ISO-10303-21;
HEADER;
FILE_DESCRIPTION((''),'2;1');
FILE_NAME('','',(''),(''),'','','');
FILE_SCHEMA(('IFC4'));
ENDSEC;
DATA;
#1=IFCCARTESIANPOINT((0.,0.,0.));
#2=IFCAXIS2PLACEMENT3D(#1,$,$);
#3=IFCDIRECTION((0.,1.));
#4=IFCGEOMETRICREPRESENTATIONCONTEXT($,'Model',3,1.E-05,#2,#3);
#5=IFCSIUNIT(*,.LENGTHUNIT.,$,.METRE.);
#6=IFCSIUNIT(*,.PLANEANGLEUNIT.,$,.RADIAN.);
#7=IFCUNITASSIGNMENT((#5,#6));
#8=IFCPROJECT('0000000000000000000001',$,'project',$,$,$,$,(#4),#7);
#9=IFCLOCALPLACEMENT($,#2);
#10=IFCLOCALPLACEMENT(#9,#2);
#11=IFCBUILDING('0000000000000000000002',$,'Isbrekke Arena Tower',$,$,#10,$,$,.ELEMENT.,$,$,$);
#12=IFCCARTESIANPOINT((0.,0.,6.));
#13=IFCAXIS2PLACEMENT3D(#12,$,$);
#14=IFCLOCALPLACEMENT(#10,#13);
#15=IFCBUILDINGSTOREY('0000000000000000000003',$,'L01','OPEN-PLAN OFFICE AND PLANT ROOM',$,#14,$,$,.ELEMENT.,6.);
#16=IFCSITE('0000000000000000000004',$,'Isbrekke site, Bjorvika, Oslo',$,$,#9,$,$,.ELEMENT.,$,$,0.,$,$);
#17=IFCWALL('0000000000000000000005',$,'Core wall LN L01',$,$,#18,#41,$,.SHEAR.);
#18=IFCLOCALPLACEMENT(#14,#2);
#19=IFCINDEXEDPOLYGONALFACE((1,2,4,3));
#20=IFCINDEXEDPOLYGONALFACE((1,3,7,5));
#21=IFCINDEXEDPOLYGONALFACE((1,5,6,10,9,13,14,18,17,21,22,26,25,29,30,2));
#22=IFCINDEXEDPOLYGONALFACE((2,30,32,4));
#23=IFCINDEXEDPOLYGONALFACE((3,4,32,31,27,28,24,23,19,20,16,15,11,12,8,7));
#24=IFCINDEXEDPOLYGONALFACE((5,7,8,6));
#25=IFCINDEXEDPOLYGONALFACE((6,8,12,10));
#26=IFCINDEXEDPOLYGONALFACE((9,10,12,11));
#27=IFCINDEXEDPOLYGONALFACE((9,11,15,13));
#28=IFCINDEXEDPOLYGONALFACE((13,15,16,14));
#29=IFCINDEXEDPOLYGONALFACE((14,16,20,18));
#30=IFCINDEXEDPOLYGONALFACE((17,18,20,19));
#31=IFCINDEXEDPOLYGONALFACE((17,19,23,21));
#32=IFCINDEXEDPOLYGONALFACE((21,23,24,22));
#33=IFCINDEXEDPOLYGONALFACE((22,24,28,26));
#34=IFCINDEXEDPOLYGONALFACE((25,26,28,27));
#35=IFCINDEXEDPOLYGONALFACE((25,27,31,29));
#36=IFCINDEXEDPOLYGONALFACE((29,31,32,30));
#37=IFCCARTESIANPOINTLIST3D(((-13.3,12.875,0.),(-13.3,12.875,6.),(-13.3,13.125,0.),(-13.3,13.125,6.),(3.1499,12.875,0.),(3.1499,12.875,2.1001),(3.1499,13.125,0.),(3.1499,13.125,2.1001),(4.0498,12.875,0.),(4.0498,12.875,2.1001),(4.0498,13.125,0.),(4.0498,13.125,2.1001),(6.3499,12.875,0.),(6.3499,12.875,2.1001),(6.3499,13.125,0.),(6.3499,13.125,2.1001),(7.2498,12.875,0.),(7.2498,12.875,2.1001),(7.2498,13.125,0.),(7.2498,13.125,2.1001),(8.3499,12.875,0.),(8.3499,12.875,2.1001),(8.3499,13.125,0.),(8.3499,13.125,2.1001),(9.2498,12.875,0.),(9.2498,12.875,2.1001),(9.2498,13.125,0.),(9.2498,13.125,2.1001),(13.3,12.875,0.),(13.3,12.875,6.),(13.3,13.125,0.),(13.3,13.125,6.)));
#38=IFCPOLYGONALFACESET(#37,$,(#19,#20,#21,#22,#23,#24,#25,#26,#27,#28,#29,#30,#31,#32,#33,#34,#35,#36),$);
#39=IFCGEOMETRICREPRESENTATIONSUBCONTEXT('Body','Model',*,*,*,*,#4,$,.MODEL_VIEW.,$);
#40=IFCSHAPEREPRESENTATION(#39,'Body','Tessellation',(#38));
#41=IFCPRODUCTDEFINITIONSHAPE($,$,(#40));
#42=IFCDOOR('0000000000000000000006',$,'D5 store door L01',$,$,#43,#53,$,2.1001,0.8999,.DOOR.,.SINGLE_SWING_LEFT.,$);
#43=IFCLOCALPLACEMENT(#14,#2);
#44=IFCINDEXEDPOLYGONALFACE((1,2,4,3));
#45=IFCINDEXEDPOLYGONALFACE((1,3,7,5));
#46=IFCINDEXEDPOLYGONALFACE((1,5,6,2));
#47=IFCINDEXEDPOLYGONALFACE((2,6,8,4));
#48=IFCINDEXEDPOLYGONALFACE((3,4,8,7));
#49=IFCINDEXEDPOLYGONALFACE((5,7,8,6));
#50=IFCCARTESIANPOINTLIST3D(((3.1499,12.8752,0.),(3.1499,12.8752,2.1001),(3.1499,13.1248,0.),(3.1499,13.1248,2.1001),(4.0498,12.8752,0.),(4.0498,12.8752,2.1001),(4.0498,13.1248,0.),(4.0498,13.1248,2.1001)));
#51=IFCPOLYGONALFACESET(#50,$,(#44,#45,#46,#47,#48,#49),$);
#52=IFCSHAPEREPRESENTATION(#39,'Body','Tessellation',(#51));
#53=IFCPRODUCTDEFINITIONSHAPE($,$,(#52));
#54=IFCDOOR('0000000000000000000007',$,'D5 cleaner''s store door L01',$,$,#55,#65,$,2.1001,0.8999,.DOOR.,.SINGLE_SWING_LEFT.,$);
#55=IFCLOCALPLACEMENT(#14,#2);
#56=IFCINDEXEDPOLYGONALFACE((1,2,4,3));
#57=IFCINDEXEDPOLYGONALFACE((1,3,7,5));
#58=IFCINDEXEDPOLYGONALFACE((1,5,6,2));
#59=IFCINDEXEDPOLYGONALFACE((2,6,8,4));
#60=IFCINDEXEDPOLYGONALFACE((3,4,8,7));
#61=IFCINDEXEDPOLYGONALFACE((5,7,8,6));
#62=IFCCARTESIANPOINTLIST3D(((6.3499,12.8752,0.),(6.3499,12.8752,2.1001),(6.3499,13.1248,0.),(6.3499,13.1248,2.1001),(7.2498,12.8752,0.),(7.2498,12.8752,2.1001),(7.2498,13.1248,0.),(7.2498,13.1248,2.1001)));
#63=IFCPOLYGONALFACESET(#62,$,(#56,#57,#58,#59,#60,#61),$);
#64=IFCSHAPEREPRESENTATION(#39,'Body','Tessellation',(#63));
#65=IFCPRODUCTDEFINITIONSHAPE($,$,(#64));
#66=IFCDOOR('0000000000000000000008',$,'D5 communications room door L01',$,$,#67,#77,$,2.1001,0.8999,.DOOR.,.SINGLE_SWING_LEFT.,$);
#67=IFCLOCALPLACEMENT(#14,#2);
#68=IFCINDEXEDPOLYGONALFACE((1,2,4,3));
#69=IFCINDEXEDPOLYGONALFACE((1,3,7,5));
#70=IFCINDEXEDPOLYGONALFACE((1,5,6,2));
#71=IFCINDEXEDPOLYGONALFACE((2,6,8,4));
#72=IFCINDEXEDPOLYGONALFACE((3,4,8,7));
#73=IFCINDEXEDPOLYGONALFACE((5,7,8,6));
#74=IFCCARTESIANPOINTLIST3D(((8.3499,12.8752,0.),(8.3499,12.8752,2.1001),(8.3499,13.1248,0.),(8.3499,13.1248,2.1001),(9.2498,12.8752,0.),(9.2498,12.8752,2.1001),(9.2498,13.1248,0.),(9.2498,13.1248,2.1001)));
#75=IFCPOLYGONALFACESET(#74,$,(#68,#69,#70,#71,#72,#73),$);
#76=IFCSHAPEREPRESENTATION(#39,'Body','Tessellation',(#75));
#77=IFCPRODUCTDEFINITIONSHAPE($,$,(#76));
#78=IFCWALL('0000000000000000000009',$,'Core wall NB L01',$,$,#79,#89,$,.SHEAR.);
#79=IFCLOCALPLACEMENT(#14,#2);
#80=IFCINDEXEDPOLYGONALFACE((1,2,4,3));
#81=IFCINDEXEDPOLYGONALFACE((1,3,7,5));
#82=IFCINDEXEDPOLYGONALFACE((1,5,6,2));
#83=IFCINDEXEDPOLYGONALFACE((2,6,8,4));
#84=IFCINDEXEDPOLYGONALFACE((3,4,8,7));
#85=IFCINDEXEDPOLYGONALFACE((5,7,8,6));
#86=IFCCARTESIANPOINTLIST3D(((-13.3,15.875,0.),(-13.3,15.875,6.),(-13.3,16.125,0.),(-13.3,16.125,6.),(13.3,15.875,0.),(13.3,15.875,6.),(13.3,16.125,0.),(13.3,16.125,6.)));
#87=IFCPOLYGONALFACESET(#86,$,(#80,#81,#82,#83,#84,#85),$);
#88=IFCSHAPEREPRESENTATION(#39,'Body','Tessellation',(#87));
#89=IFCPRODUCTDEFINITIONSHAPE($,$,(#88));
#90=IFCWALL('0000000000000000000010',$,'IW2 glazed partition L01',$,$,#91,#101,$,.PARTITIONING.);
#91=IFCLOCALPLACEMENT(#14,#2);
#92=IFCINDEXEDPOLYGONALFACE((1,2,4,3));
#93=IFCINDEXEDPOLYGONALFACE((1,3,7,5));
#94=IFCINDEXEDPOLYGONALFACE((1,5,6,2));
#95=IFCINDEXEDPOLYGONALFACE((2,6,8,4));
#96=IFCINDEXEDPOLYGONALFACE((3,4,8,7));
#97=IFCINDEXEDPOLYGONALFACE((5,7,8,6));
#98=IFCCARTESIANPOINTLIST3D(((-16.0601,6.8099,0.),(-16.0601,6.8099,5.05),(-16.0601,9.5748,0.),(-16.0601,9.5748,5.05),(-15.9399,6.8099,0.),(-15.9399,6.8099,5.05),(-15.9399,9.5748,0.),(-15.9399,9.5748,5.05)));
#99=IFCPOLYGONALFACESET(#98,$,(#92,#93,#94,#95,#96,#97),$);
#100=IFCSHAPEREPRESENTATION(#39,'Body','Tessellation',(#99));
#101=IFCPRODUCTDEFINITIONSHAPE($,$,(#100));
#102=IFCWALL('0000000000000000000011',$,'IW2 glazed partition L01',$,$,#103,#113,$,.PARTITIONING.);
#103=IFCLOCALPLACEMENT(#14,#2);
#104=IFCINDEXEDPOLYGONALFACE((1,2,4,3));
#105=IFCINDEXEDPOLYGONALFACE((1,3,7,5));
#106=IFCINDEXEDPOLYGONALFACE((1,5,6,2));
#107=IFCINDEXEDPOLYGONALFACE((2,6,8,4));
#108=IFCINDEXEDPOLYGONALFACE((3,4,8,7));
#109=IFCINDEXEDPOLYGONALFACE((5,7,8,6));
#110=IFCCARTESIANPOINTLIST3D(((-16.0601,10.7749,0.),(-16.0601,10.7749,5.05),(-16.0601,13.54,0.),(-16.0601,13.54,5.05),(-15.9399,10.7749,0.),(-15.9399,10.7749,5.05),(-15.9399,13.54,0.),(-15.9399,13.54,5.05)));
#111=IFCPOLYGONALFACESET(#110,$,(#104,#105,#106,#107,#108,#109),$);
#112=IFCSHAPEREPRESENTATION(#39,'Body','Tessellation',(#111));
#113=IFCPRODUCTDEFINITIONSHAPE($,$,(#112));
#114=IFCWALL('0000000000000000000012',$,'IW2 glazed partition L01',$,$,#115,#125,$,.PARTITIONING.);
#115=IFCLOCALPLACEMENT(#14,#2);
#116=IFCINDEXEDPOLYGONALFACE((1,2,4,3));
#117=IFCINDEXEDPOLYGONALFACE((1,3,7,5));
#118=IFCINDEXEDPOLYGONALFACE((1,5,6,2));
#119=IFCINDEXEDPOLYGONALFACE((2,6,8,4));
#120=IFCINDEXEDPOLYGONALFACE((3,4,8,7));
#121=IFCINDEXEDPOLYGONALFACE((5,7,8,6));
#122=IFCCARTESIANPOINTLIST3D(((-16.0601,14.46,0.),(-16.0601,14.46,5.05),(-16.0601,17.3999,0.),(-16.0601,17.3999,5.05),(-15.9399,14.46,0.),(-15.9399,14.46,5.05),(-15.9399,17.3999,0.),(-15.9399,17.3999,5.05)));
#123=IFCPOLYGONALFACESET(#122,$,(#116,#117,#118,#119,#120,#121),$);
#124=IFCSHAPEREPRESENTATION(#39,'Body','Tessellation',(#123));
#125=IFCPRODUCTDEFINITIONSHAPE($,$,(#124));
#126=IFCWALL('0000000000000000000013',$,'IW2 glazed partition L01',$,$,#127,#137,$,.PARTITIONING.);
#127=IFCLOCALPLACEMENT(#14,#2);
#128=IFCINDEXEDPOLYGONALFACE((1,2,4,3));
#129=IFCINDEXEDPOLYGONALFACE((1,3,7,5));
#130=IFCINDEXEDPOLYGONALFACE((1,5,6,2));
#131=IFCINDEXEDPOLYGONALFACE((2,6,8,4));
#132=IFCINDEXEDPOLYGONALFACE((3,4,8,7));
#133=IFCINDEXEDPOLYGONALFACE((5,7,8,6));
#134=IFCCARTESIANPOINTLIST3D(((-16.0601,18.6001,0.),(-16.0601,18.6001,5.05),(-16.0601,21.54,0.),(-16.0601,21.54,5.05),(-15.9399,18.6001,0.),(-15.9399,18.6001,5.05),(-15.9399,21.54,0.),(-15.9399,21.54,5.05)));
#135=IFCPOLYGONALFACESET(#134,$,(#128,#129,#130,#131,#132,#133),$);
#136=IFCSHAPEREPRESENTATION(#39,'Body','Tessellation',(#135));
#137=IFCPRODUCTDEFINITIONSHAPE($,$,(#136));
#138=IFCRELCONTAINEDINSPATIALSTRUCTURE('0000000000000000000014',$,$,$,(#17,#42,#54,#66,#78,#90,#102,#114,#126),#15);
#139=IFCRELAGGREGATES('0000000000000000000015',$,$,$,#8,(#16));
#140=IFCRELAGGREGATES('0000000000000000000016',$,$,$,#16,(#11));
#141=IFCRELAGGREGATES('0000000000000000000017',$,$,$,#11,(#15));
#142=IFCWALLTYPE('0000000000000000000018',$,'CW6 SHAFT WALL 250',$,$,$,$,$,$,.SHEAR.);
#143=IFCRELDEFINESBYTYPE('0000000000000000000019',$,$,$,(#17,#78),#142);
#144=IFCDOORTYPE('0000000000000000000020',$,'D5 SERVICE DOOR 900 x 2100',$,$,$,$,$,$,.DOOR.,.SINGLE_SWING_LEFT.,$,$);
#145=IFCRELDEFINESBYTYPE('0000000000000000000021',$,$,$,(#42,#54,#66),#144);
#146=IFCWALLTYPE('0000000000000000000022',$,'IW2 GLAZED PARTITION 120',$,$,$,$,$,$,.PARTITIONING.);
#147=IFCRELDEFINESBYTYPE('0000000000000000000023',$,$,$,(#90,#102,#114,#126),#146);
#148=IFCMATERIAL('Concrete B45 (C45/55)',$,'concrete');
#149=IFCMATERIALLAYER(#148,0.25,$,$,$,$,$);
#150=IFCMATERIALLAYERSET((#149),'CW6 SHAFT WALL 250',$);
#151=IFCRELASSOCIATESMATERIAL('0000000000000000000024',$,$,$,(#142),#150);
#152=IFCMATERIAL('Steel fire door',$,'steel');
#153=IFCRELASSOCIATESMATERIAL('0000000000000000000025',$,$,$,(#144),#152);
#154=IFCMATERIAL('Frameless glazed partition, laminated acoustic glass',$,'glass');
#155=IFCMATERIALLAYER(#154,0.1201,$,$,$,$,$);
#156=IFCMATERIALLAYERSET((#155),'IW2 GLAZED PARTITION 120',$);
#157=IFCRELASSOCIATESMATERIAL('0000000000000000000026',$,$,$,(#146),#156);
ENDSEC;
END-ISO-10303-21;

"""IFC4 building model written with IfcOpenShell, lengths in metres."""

from ifc_helpers import new_model, si_unit, direction, frame, frame_2d, origin, place, context, subcontext, project, spatial, rectangle, extrude, material, layer, layer_set, type_object, element, fill, save


model = new_model("IFC4")

# Units and contexts
model_context = context("Model", 3, precision=1e-05, world=origin(), true_north=direction((0.0, 1.0)))
body_context = subcontext(model_context, "Body", "Model", "MODEL_VIEW")
ifc_project = project(units=[si_unit("LENGTHUNIT", "METRE"), si_unit("PLANEANGLEUNIT", "RADIAN")], contexts=[model_context])

# Site, building, storey
site_placement = place(None, origin())
site = spatial("IfcSite", under=ifc_project, at=site_placement, Name="Isbrekke site, Bjorvika, Oslo", CompositionType="ELEMENT", RefElevation=0.0)
building_placement = place(site_placement, origin())
building = spatial("IfcBuilding", under=site, at=building_placement, Name="Isbrekke Arena Tower", CompositionType="ELEMENT")
storey_placement = place(building_placement, frame((0.0, 0.0, 6.0)))
storey = spatial("IfcBuildingStorey", under=building, at=storey_placement, Name="L01", Description="OPEN-PLAN OFFICE AND PLANT ROOM", CompositionType="ELEMENT", Elevation=6.0)

# Shared definitions
ifc_material_1 = material(Name="Concrete B45 (C45/55)", Category="concrete")
ifc_layer_1 = layer(ifc_material_1, 0.25)
ifc_layer_set_1 = layer_set([ifc_layer_1], Name="CW6 SHAFT WALL 250")
wall_type_1 = type_object("IfcWallType", Name="CW6 SHAFT WALL 250", PredefinedType="SHEAR", material=ifc_layer_set_1)

# Wall, openings, doors
wall_1_placement = place(storey_placement, frame((-13.3, 13.0, 0.0), z_axis=(0.0, 0.0, 1.0), x_axis=(1.0, 0.0, 0.0)))
wall_1 = element("IfcWall", 1, at=wall_1_placement, inside=storey, type_object=wall_type_1, Name="Core wall LN L01", PredefinedType="SHEAR", context=body_context, shape_type="SweptSolid", body=[
    extrude(rectangle(XDim=26.6001, YDim=0.25, at=frame_2d((13.3, 0.0))), origin(), (0.0, 0.0, 1.0), 6.0),
])
opening_1_placement = place(wall_1_placement, frame((16.45, 0.0, 0.0)))
opening_1 = element("IfcOpeningElement", 2, at=opening_1_placement, cuts=wall_1, PredefinedType="OPENING", context=body_context, shape_type="SweptSolid", body=[
    extrude(rectangle(XDim=0.8999, YDim=2.1001, at=frame_2d((0.45, 1.05))), frame((0.0, 0.1399, 0.0), z_axis=(0.0, -1.0, 0.0), x_axis=(1.0, 0.0, 0.0)), (0.0, 0.0, 1.0), 0.2798),
])
opening_2_placement = place(wall_1_placement, frame((19.6499, 0.0, 0.0)))
opening_2 = element("IfcOpeningElement", 3, at=opening_2_placement, cuts=wall_1, PredefinedType="OPENING", context=body_context, shape_type="SweptSolid", body=[
    extrude(rectangle(XDim=0.8999, YDim=2.1001, at=frame_2d((0.45, 1.05))), frame((0.0, 0.1399, 0.0), z_axis=(0.0, -1.0, 0.0), x_axis=(1.0, 0.0, 0.0)), (0.0, 0.0, 1.0), 0.2798),
])
opening_3_placement = place(wall_1_placement, frame((21.6499, 0.0, 0.0)))
opening_3 = element("IfcOpeningElement", 4, at=opening_3_placement, cuts=wall_1, PredefinedType="OPENING", context=body_context, shape_type="SweptSolid", body=[
    extrude(rectangle(XDim=0.8999, YDim=2.1001, at=frame_2d((0.45, 1.05))), frame((0.0, 0.1399, 0.0), z_axis=(0.0, -1.0, 0.0), x_axis=(1.0, 0.0, 0.0)), (0.0, 0.0, 1.0), 0.2798),
])
ifc_material_2 = material(Name="Steel fire door", Category="steel")
door_type = type_object("IfcDoorType", Name="D5 SERVICE DOOR 900 x 2100", OperationType="SINGLE_SWING_LEFT", PredefinedType="DOOR", material=ifc_material_2)
door_1_placement = place(opening_1_placement, origin())
door_1 = element("IfcDoor", 5, at=door_1_placement, inside=storey, type_object=door_type, Name="D5 store door L01", OperationType="SINGLE_SWING_LEFT", OverallHeight=2.1001, OverallWidth=0.8999, PredefinedType="DOOR", context=body_context, shape_type="SweptSolid", body=[
    extrude(rectangle(XDim=0.8999, YDim=2.1001, at=frame_2d((0.45, 1.05))), frame((0.0, 0.1248, 0.0), z_axis=(0.0, -1.0, 0.0), x_axis=(1.0, 0.0, 0.0)), (0.0, 0.0, 1.0), 0.2495),
])
fill(opening_1, door_1)
door_2_placement = place(opening_2_placement, origin())
door_2 = element("IfcDoor", 6, at=door_2_placement, inside=storey, type_object=door_type, Name="D5 cleaner's store door L01", OperationType="SINGLE_SWING_LEFT", OverallHeight=2.1001, OverallWidth=0.8999, PredefinedType="DOOR", context=body_context, shape_type="SweptSolid", body=[
    extrude(rectangle(XDim=0.8999, YDim=2.1001, at=frame_2d((0.45, 1.05))), frame((0.0, 0.1248, 0.0), z_axis=(0.0, -1.0, 0.0), x_axis=(1.0, 0.0, 0.0)), (0.0, 0.0, 1.0), 0.2495),
])
fill(opening_2, door_2)
door_3_placement = place(opening_3_placement, origin())
door_3 = element("IfcDoor", 7, at=door_3_placement, inside=storey, type_object=door_type, Name="D5 communications room door L01", OperationType="SINGLE_SWING_LEFT", OverallHeight=2.1001, OverallWidth=0.8999, PredefinedType="DOOR", context=body_context, shape_type="SweptSolid", body=[
    extrude(rectangle(XDim=0.8999, YDim=2.1001, at=frame_2d((0.45, 1.05))), frame((0.0, 0.1248, 0.0), z_axis=(0.0, -1.0, 0.0), x_axis=(1.0, 0.0, 0.0)), (0.0, 0.0, 1.0), 0.2495),
])
fill(opening_3, door_3)

# Walls
wall_2_placement = place(storey_placement, frame((-13.3, 16.0, 0.0), z_axis=(0.0, 0.0, 1.0), x_axis=(1.0, 0.0, 0.0)))
element("IfcWall", 8, at=wall_2_placement, inside=storey, type_object=wall_type_1, Name="Core wall NB L01", PredefinedType="SHEAR", context=body_context, shape_type="SweptSolid", body=[
    extrude(rectangle(XDim=26.6001, YDim=0.25, at=frame_2d((13.3, 0.0))), origin(), (0.0, 0.0, 1.0), 6.0),
])
ifc_material_3 = material(Name="Frameless glazed partition, laminated acoustic glass", Category="glass")
ifc_layer_2 = layer(ifc_material_3, 0.1201)
ifc_layer_set_2 = layer_set([ifc_layer_2], Name="IW2 GLAZED PARTITION 120")
wall_type_2 = type_object("IfcWallType", Name="IW2 GLAZED PARTITION 120", PredefinedType="PARTITIONING", material=ifc_layer_set_2)
wall_3_placement = place(storey_placement, frame((-16.0, 6.8101, 0.0), z_axis=(0.0, 0.0, 1.0), x_axis=(0.0, 1.0, 0.0)))
element("IfcWall", 9, at=wall_3_placement, inside=storey, type_object=wall_type_2, Name="IW2 glazed partition L01", PredefinedType="PARTITIONING", context=body_context, shape_type="SweptSolid", body=[
    extrude(rectangle(XDim=2.7649, YDim=0.1201, at=frame_2d((1.3823, 0.0))), origin(), (0.0, 0.0, 1.0), 5.05),
])
wall_4_placement = place(storey_placement, frame((-16.0, 10.7749, 0.0), z_axis=(0.0, 0.0, 1.0), x_axis=(0.0, 1.0, 0.0)))
element("IfcWall", 10, at=wall_4_placement, inside=storey, type_object=wall_type_2, Name="IW2 glazed partition L01", PredefinedType="PARTITIONING", context=body_context, shape_type="SweptSolid", body=[
    extrude(rectangle(XDim=2.7651, YDim=0.1201, at=frame_2d((1.3826, 0.0))), origin(), (0.0, 0.0, 1.0), 5.05),
])
for number, where, z_axis, x_axis, name in (
    (11, (-16.0, 14.46, 0.0), (0.0, 0.0, 1.0), (0.0, 1.0, 0.0), "IW2 glazed partition L01"),
    (12, (-16.0, 18.6001, 0.0), (0.0, 0.0, 1.0), (0.0, 1.0, 0.0), "IW2 glazed partition L01"),
):
    element("IfcWall", number, at=place(storey_placement, frame(where, z_axis=z_axis, x_axis=x_axis)), inside=storey, type_object=wall_type_2, Name=name, PredefinedType="PARTITIONING", context=body_context, shape_type="SweptSolid", body=[
        extrude(rectangle(XDim=2.9399, YDim=0.1201, at=frame_2d((1.47, 0.0))), origin(), (0.0, 0.0, 1.0), 5.05),
    ])

save(model, "model.ifc")
